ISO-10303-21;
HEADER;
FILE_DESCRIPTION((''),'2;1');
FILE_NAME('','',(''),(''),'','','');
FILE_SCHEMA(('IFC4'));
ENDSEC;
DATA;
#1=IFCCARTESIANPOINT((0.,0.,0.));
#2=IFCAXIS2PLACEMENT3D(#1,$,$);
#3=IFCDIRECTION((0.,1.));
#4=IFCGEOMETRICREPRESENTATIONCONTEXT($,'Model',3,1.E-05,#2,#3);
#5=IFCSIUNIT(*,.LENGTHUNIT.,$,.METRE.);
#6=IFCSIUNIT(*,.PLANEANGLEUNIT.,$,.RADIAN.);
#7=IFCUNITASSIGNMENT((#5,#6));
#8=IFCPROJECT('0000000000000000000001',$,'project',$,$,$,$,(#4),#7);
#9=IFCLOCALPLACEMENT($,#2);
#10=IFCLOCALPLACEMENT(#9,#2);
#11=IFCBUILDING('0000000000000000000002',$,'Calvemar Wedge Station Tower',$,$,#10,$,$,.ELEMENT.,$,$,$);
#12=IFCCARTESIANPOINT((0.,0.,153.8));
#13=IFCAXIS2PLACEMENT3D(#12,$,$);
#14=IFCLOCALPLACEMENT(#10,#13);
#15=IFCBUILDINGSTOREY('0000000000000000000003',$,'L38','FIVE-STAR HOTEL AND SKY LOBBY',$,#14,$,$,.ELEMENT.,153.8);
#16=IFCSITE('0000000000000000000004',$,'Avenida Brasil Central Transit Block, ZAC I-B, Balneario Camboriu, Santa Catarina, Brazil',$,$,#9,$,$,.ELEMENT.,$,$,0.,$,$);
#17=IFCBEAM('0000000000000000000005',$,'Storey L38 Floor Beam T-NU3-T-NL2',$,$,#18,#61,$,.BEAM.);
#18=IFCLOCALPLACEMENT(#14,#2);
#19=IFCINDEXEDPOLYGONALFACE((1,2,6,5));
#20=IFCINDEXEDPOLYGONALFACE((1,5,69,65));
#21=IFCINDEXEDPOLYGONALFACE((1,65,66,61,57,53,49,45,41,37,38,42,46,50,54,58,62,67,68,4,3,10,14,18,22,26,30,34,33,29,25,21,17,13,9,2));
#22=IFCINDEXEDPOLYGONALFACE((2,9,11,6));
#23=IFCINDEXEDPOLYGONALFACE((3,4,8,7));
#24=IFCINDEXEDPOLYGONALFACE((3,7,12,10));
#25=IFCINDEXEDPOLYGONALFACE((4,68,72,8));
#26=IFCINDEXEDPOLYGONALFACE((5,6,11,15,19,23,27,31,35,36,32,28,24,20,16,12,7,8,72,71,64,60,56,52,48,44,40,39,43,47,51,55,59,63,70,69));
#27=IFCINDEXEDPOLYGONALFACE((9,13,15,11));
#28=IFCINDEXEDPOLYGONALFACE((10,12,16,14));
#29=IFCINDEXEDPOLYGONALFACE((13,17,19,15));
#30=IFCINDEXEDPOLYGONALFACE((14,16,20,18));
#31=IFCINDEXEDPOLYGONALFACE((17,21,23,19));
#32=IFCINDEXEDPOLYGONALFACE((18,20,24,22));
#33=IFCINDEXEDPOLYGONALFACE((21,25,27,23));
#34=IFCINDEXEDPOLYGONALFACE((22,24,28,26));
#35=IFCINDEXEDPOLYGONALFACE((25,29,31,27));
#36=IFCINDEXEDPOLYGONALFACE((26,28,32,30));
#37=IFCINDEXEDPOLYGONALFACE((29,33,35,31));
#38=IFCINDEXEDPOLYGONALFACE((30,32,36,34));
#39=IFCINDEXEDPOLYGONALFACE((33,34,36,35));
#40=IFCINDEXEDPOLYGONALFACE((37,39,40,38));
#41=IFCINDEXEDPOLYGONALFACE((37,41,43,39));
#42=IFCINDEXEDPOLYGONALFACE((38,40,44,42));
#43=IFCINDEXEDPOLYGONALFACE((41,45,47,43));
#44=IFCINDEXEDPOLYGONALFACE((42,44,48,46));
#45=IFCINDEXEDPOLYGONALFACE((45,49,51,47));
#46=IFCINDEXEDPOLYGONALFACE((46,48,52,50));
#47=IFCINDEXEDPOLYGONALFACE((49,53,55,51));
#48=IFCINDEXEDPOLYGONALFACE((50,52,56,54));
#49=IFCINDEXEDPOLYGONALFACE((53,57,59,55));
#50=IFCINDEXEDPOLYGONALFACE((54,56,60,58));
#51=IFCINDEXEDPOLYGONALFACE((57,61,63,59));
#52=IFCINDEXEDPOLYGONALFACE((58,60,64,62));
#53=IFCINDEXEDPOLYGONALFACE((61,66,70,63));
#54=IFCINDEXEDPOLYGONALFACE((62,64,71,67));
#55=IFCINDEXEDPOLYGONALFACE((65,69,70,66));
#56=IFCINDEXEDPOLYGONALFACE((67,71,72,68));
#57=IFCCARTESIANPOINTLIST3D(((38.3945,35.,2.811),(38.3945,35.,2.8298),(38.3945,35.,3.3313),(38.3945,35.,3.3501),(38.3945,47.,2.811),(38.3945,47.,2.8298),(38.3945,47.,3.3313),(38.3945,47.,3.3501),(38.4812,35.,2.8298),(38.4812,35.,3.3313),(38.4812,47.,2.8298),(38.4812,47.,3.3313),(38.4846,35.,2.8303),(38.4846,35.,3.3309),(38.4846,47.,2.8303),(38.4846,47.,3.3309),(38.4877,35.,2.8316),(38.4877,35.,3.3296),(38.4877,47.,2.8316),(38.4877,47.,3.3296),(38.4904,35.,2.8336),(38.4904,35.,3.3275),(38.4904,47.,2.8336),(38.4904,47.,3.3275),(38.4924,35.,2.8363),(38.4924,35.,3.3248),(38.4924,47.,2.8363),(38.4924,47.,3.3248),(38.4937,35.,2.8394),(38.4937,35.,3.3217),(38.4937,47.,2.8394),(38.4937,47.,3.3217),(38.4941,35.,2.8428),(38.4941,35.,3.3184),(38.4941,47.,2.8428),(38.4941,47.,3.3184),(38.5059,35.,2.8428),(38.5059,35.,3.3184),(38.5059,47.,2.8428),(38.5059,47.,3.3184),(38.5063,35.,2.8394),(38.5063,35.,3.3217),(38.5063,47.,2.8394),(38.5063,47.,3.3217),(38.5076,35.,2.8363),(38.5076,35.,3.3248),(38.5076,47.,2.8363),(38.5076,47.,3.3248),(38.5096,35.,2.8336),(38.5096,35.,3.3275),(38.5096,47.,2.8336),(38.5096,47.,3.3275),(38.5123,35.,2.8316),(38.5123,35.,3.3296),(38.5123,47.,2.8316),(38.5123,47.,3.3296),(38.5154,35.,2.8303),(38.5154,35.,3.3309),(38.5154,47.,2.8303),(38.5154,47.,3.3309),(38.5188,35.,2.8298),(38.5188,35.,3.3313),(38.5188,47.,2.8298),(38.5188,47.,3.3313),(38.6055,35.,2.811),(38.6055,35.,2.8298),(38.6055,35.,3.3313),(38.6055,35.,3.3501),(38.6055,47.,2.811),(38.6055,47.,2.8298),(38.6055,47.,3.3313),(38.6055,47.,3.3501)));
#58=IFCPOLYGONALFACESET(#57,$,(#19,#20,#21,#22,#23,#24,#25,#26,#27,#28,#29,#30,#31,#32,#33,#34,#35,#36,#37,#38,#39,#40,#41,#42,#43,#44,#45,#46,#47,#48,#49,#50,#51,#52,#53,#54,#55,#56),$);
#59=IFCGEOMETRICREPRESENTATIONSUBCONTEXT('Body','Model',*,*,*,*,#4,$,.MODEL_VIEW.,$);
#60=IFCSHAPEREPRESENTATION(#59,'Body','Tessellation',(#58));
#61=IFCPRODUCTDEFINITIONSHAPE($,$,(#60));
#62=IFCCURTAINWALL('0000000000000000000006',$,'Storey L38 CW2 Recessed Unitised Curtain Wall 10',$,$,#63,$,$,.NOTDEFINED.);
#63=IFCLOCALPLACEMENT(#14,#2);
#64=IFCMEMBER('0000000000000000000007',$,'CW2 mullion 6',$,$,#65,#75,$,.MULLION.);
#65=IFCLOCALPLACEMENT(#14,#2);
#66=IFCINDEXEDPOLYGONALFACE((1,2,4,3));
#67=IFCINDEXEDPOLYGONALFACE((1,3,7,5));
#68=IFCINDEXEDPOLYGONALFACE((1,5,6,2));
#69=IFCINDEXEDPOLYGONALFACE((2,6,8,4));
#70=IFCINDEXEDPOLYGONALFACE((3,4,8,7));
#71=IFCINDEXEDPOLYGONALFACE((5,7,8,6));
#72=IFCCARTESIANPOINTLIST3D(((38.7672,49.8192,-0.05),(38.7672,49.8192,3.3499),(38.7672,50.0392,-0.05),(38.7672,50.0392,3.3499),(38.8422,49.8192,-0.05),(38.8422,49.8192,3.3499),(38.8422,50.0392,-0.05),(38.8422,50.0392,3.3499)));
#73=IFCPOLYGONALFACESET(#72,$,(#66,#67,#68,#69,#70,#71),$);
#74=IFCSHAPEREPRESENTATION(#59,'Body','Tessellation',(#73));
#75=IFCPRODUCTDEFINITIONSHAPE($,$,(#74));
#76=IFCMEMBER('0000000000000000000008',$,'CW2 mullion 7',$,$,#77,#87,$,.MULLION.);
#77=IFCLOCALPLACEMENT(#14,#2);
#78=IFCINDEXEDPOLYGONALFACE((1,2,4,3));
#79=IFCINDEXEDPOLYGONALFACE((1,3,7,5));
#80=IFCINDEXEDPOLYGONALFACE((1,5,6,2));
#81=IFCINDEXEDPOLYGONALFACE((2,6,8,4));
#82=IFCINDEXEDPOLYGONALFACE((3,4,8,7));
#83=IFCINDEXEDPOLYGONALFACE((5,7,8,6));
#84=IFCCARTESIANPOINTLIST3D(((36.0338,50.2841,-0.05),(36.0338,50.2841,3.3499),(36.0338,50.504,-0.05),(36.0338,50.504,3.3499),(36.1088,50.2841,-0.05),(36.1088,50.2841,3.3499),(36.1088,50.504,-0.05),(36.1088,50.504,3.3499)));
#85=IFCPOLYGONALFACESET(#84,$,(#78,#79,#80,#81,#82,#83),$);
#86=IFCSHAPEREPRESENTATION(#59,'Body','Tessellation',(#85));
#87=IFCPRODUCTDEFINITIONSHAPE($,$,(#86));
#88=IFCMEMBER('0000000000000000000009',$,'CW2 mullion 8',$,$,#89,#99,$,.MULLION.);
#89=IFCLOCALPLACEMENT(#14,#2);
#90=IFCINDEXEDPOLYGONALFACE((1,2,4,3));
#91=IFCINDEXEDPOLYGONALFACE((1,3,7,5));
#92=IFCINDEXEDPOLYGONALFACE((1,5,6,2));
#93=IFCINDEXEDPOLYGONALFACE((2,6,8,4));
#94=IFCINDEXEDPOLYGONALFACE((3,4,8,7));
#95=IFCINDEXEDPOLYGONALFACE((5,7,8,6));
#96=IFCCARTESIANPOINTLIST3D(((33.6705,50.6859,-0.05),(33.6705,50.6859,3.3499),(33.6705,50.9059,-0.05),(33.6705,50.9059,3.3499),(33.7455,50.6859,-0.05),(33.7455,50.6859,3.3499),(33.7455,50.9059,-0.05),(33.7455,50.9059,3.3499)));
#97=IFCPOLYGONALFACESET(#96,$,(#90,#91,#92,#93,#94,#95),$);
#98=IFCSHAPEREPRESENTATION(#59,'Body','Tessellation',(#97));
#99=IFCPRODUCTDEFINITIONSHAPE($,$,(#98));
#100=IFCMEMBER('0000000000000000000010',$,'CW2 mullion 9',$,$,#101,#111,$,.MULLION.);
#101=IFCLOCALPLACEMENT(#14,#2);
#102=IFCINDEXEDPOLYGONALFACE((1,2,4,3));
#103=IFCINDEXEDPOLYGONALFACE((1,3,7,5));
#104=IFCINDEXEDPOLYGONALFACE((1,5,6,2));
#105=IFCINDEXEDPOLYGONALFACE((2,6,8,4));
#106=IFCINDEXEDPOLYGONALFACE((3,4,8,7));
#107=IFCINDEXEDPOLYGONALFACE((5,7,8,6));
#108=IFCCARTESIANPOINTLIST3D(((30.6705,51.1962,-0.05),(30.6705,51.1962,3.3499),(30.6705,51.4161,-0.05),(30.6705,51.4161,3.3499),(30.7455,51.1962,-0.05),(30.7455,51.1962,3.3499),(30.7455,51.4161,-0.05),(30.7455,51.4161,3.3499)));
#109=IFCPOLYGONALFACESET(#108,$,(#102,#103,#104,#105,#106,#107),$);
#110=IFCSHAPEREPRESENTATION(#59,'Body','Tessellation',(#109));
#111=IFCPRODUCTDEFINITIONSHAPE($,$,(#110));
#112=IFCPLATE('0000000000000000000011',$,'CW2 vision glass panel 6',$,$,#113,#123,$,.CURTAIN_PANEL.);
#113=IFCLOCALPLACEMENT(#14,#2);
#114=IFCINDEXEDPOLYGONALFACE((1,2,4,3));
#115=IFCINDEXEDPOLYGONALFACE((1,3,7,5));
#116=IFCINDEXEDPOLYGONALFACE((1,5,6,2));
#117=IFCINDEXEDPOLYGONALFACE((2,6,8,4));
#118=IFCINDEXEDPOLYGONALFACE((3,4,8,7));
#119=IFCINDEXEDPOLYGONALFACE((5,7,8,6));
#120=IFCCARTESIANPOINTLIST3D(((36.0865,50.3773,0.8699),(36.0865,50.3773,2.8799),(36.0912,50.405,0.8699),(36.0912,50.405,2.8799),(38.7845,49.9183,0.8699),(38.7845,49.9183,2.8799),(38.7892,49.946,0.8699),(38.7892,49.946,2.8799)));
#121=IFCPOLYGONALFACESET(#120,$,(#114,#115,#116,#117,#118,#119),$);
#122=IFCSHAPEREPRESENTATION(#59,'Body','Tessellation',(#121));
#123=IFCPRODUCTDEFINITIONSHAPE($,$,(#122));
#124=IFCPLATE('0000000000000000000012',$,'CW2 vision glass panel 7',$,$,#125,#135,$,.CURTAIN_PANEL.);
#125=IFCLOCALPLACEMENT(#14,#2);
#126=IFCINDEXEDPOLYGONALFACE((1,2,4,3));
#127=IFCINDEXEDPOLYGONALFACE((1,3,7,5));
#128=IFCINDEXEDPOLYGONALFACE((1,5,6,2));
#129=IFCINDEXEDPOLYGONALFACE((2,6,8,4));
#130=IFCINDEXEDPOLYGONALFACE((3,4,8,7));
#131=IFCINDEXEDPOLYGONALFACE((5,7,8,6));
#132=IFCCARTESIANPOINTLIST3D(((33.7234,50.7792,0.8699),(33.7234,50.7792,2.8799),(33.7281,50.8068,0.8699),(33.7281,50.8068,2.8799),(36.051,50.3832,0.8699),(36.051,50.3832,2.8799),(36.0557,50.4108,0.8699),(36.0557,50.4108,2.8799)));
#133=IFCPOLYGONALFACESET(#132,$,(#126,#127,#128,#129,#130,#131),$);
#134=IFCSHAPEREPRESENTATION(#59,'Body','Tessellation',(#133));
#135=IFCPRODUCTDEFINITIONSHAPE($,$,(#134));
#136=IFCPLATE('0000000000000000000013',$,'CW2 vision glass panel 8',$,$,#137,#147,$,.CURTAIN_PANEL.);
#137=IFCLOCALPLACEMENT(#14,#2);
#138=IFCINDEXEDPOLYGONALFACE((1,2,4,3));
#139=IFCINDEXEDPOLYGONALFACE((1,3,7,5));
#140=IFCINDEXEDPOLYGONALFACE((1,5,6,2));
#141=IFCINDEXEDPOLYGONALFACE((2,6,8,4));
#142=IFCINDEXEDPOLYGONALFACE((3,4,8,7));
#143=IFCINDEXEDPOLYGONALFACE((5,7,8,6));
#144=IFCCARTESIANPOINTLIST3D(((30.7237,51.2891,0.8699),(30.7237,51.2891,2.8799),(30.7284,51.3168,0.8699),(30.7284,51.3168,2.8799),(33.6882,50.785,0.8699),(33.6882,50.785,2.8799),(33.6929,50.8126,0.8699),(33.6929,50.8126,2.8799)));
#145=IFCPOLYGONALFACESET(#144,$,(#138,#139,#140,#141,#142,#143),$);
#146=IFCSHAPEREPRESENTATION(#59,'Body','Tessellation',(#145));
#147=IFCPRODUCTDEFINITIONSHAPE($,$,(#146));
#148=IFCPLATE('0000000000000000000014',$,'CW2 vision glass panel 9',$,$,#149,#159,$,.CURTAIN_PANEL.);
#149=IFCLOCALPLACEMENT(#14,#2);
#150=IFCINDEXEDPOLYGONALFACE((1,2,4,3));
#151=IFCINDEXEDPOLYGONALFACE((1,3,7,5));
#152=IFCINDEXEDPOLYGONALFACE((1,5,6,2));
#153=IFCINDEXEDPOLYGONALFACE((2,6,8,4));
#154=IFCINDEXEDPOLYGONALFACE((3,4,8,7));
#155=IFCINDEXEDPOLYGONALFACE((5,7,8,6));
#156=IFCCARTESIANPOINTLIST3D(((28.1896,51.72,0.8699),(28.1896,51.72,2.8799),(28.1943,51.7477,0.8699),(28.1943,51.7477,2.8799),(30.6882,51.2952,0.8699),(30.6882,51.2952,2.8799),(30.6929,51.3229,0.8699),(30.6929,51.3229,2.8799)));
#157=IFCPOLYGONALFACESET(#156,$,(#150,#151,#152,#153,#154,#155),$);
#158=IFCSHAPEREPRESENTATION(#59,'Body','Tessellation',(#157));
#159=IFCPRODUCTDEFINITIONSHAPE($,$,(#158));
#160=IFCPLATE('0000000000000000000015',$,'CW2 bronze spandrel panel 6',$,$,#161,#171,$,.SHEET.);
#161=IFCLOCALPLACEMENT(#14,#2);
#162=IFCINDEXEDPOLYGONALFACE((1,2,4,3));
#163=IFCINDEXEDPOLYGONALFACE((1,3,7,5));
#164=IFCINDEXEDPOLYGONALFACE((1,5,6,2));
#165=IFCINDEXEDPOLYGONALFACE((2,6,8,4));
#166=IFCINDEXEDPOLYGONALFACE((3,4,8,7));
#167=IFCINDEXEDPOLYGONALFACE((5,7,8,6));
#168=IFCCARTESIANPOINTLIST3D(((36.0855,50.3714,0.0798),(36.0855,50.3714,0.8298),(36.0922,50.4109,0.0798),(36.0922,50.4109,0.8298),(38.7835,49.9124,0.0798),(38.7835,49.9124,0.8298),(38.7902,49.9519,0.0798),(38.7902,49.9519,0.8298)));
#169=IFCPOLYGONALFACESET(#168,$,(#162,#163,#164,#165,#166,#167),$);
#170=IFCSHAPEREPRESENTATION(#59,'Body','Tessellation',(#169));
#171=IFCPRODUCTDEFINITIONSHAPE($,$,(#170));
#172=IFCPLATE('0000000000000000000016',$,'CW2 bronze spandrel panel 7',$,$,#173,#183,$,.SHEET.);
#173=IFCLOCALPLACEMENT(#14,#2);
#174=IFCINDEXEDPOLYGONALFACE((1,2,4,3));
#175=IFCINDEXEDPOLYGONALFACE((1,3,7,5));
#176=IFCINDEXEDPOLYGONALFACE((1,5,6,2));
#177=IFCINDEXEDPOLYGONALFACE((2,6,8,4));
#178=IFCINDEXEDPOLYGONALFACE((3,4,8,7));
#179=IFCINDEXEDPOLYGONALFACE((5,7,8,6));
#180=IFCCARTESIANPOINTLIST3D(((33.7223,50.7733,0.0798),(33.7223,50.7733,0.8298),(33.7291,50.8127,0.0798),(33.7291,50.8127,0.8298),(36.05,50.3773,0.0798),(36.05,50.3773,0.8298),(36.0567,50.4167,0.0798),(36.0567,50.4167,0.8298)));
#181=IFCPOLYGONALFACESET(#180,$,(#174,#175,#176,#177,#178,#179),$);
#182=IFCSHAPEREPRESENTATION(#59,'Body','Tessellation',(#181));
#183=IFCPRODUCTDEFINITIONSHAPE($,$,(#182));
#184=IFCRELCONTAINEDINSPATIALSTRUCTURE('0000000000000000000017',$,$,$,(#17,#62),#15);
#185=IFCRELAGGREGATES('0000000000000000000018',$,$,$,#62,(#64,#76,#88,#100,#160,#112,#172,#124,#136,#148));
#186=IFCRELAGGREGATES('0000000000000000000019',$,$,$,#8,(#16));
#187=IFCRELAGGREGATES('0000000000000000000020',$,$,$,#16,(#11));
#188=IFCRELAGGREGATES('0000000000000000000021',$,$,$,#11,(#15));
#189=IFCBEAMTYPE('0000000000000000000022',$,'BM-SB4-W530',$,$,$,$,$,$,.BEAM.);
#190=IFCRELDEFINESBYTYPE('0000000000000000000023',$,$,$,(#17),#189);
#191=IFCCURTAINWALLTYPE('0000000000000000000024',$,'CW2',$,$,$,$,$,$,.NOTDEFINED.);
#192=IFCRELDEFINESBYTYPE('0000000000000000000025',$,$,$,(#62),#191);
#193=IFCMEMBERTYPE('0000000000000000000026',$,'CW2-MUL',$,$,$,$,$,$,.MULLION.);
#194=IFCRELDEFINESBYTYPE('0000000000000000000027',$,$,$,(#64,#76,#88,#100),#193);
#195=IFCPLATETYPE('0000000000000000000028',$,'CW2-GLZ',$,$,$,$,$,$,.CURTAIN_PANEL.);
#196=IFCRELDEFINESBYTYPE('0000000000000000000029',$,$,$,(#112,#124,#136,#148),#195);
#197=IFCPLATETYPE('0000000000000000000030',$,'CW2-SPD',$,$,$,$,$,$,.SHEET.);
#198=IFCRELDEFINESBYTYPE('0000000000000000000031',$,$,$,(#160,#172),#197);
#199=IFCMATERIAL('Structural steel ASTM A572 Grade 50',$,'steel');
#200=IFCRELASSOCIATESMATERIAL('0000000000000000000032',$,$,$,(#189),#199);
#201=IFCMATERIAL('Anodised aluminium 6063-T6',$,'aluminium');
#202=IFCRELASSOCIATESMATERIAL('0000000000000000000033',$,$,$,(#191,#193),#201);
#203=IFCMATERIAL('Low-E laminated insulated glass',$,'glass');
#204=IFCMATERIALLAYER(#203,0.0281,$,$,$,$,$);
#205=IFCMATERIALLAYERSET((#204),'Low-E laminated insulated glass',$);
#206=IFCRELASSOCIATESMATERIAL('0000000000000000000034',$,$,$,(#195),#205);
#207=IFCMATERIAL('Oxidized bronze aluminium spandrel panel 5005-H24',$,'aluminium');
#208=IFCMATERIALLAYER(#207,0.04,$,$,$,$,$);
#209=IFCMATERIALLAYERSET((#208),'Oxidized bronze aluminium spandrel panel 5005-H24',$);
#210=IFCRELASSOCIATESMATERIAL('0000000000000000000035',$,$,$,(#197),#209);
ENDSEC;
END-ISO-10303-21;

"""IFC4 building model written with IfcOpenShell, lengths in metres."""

from ifc_helpers import new_model, si_unit, direction, frame, frame_2d, origin, origin_2d, place, context, subcontext, project, spatial, rectangle, i_section, extrude, source, transform, mapped, material, layer, layer_set, material_profile, profile_set, type_object, element, aggregate, save


model = new_model("IFC4")

# Units and contexts
model_context = context("Model", 3, precision=1e-05, world=origin(), true_north=direction((0.0, 1.0)))
body_context = subcontext(model_context, "Body", "Model", "MODEL_VIEW")
ifc_project = project(units=[si_unit("LENGTHUNIT", "METRE"), si_unit("PLANEANGLEUNIT", "RADIAN")], contexts=[model_context])

# Site, building, storey
site_placement = place(None, origin())
site = spatial("IfcSite", under=ifc_project, at=site_placement, Name="Avenida Brasil Central Transit Block, ZAC I-B, Balneario Camboriu, Santa Catarina, Brazil", CompositionType="ELEMENT", RefElevation=0.0)
building_placement = place(site_placement, origin())
building = spatial("IfcBuilding", under=site, at=building_placement, Name="Calvemar Wedge Station Tower", CompositionType="ELEMENT")
storey_placement = place(building_placement, frame((0.0, 0.0, 153.8)))
storey = spatial("IfcBuildingStorey", under=building, at=storey_placement, Name="L38", Description="FIVE-STAR HOTEL AND SKY LOBBY", CompositionType="ELEMENT", Elevation=153.8)

# Beam
ifc_material_1 = material(Name="Structural steel ASTM A572 Grade 50", Category="steel")
ifc_material_profile_1 = material_profile(ifc_material_1, i_section(OverallWidth=0.2109, OverallDepth=0.5391, WebThickness=0.0117, FlangeThickness=0.0188, FilletRadius=0.0129, at=origin_2d()), Name="W530x109")
ifc_profile_set_1 = profile_set([ifc_material_profile_1], Name="Structural steel ASTM A572 Grade 50")
beam_type_1 = type_object("IfcBeamType", Name="BM-SB4-W530", PredefinedType="BEAM", material=ifc_profile_set_1)
shared_shape_1 = source(origin(), body_context, "Body", "SweptSolid", [
    extrude(i_section(OverallWidth=0.2109, OverallDepth=0.5391, WebThickness=0.0117, FlangeThickness=0.0188, FilletRadius=0.0129, at=origin_2d()), origin(), (0.0, 0.0, 1.0), 12.0),
])
beam_1_placement = place(storey_placement, frame((38.5, 47.0, 3.0806), z_axis=(0.0, -1.0, 0.0), x_axis=(1.0, 0.0, 0.0)))
element("IfcBeam", 1, at=beam_1_placement, inside=storey, type_object=beam_type_1, Name="Storey L38 Floor Beam T-NU3-T-NL2", PredefinedType="BEAM", context=body_context, shape_type="MappedRepresentation", body=[
    mapped(shared_shape_1, transform((0.0, 0.0, 0.0), scale=1.0)),
])

# Curtain wall, members, plates
ifc_material_2 = material(Name="Anodised aluminium 6063-T6", Category="aluminium")
curtain_wall_type = type_object("IfcCurtainWallType", Name="CW2", PredefinedType="NOTDEFINED", material=ifc_material_2)
curtain_wall_placement = place(storey_placement, origin())
curtain_wall = element("IfcCurtainWall", 2, at=curtain_wall_placement, inside=storey, type_object=curtain_wall_type, Name="Storey L38 CW2 Recessed Unitised Curtain Wall 10", PredefinedType="NOTDEFINED")
ifc_material_profile_2 = material_profile(ifc_material_2, rectangle(XDim=0.075, YDim=0.22, at=origin_2d()), Name="AL-MUL-75x220")
ifc_profile_set_2 = profile_set([ifc_material_profile_2], Name="Anodised aluminium 6063-T6")
member_type = type_object("IfcMemberType", Name="CW2-MUL", PredefinedType="MULLION", material=ifc_profile_set_2)
shared_shape_2 = source(origin(), body_context, "Body", "SweptSolid", [
    extrude(rectangle(XDim=0.075, YDim=0.22, at=origin_2d()), origin(), (0.0, 0.0, 1.0), 3.3999),
])
member_1_placement = place(storey_placement, frame((38.8047, 49.9292, -0.05), z_axis=(0.0, 0.0, 1.0), x_axis=(1.0, 0.0, 0.0)))
member_1 = element("IfcMember", 3, at=member_1_placement, type_object=member_type, Name="CW2 mullion 6", PredefinedType="MULLION", context=body_context, shape_type="MappedRepresentation", body=[
    mapped(shared_shape_2, transform((0.0, 0.0, 0.0), scale=1.0)),
])
member_2_placement = place(storey_placement, frame((36.0713, 50.394, -0.05), z_axis=(0.0, 0.0, 1.0), x_axis=(1.0, 0.0, 0.0)))
member_2 = element("IfcMember", 4, at=member_2_placement, type_object=member_type, Name="CW2 mullion 7", PredefinedType="MULLION", context=body_context, shape_type="MappedRepresentation", body=[
    mapped(shared_shape_2, transform((0.0, 0.0, 0.0), scale=1.0)),
])
member_3_placement = place(storey_placement, frame((33.708, 50.7959, -0.05), z_axis=(0.0, 0.0, 1.0), x_axis=(1.0, 0.0, 0.0)))
member_3 = element("IfcMember", 5, at=member_3_placement, type_object=member_type, Name="CW2 mullion 8", PredefinedType="MULLION", context=body_context, shape_type="MappedRepresentation", body=[
    mapped(shared_shape_2, transform((0.0, 0.0, 0.0), scale=1.0)),
])
member_4_placement = place(storey_placement, frame((30.708, 51.3062, -0.05), z_axis=(0.0, 0.0, 1.0), x_axis=(1.0, 0.0, 0.0)))
member_4 = element("IfcMember", 6, at=member_4_placement, type_object=member_type, Name="CW2 mullion 9", PredefinedType="MULLION", context=body_context, shape_type="MappedRepresentation", body=[
    mapped(shared_shape_2, transform((0.0, 0.0, 0.0), scale=1.0)),
])
ifc_material_3 = material(Name="Low-E laminated insulated glass", Category="glass")
ifc_layer_1 = layer(ifc_material_3, 0.0281)
ifc_layer_set_1 = layer_set([ifc_layer_1], Name="Low-E laminated insulated glass")
plate_type_1 = type_object("IfcPlateType", Name="CW2-GLZ", PredefinedType="CURTAIN_PANEL", material=ifc_layer_set_1)
plate_1_placement = place(storey_placement, frame((38.7869, 49.9321, 0.8699), z_axis=(0.0, 0.0, 1.0), x_axis=(-0.985836, 0.167711, 0.0)))
plate_1 = element("IfcPlate", 7, at=plate_1_placement, type_object=plate_type_1, Name="CW2 vision glass panel 6", PredefinedType="CURTAIN_PANEL", context=body_context, shape_type="SweptSolid", body=[
    extrude(rectangle(XDim=2.7368, YDim=0.0281, at=frame_2d((1.3684, 0.0))), origin(), (0.0, 0.0, 1.0), 2.01),
])
plate_2_placement = place(storey_placement, frame((36.0535, 50.397, 0.8699), z_axis=(0.0, 0.0, 1.0), x_axis=(-0.985835, 0.167718, 0.0)))
plate_2 = element("IfcPlate", 8, at=plate_2_placement, type_object=plate_type_1, Name="CW2 vision glass panel 7", PredefinedType="CURTAIN_PANEL", context=body_context, shape_type="SweptSolid", body=[
    extrude(rectangle(XDim=2.3611, YDim=0.0281, at=frame_2d((1.1807, 0.0))), origin(), (0.0, 0.0, 1.0), 2.01),
])
plate_3_placement = place(storey_placement, frame((33.6904, 50.7988, 0.8699), z_axis=(0.0, 0.0, 1.0), x_axis=(-0.985847, 0.16765, 0.0)))
plate_3 = element("IfcPlate", 9, at=plate_3_placement, type_object=plate_type_1, Name="CW2 vision glass panel 8", PredefinedType="CURTAIN_PANEL", context=body_context, shape_type="SweptSolid", body=[
    extrude(rectangle(XDim=3.0071, YDim=0.0281, at=frame_2d((1.5034, 0.0))), origin(), (0.0, 0.0, 1.0), 2.01),
])
plate_4_placement = place(storey_placement, frame((30.6904, 51.3091, 0.8699), z_axis=(0.0, 0.0, 1.0), x_axis=(-0.985852, 0.167616, 0.0)))
plate_4 = element("IfcPlate", 10, at=plate_4_placement, type_object=plate_type_1, Name="CW2 vision glass panel 9", PredefinedType="CURTAIN_PANEL", context=body_context, shape_type="SweptSolid", body=[
    extrude(rectangle(XDim=2.5344, YDim=0.0281, at=frame_2d((1.2671, 0.0))), origin(), (0.0, 0.0, 1.0), 2.01),
])
ifc_material_4 = material(Name="Oxidized bronze aluminium spandrel panel 5005-H24", Category="aluminium")
ifc_layer_2 = layer(ifc_material_4, 0.04)
ifc_layer_set_2 = layer_set([ifc_layer_2], Name="Oxidized bronze aluminium spandrel panel 5005-H24")
plate_type_2 = type_object("IfcPlateType", Name="CW2-SPD", PredefinedType="SHEET", material=ifc_layer_set_2)
plate_5_placement = place(storey_placement, frame((38.7869, 49.9321, 0.0798), z_axis=(0.0, 0.0, 1.0), x_axis=(-0.985836, 0.167711, 0.0)))
plate_5 = element("IfcPlate", 11, at=plate_5_placement, type_object=plate_type_2, Name="CW2 bronze spandrel panel 6", PredefinedType="SHEET", context=body_context, shape_type="SweptSolid", body=[
    extrude(rectangle(XDim=2.7368, YDim=0.04, at=frame_2d((1.3684, 0.0))), origin(), (0.0, 0.0, 1.0), 0.75),
])
plate_6_placement = place(storey_placement, frame((36.0535, 50.397, 0.0798), z_axis=(0.0, 0.0, 1.0), x_axis=(-0.985835, 0.167718, 0.0)))
plate_6 = element("IfcPlate", 12, at=plate_6_placement, type_object=plate_type_2, Name="CW2 bronze spandrel panel 7", PredefinedType="SHEET", context=body_context, shape_type="SweptSolid", body=[
    extrude(rectangle(XDim=2.3611, YDim=0.04, at=frame_2d((1.1807, 0.0))), origin(), (0.0, 0.0, 1.0), 0.75),
])
aggregate(curtain_wall, [member_1, member_2, member_3, member_4, plate_5, plate_1, plate_6, plate_2, plate_3, plate_4])

save(model, "model.ifc")
